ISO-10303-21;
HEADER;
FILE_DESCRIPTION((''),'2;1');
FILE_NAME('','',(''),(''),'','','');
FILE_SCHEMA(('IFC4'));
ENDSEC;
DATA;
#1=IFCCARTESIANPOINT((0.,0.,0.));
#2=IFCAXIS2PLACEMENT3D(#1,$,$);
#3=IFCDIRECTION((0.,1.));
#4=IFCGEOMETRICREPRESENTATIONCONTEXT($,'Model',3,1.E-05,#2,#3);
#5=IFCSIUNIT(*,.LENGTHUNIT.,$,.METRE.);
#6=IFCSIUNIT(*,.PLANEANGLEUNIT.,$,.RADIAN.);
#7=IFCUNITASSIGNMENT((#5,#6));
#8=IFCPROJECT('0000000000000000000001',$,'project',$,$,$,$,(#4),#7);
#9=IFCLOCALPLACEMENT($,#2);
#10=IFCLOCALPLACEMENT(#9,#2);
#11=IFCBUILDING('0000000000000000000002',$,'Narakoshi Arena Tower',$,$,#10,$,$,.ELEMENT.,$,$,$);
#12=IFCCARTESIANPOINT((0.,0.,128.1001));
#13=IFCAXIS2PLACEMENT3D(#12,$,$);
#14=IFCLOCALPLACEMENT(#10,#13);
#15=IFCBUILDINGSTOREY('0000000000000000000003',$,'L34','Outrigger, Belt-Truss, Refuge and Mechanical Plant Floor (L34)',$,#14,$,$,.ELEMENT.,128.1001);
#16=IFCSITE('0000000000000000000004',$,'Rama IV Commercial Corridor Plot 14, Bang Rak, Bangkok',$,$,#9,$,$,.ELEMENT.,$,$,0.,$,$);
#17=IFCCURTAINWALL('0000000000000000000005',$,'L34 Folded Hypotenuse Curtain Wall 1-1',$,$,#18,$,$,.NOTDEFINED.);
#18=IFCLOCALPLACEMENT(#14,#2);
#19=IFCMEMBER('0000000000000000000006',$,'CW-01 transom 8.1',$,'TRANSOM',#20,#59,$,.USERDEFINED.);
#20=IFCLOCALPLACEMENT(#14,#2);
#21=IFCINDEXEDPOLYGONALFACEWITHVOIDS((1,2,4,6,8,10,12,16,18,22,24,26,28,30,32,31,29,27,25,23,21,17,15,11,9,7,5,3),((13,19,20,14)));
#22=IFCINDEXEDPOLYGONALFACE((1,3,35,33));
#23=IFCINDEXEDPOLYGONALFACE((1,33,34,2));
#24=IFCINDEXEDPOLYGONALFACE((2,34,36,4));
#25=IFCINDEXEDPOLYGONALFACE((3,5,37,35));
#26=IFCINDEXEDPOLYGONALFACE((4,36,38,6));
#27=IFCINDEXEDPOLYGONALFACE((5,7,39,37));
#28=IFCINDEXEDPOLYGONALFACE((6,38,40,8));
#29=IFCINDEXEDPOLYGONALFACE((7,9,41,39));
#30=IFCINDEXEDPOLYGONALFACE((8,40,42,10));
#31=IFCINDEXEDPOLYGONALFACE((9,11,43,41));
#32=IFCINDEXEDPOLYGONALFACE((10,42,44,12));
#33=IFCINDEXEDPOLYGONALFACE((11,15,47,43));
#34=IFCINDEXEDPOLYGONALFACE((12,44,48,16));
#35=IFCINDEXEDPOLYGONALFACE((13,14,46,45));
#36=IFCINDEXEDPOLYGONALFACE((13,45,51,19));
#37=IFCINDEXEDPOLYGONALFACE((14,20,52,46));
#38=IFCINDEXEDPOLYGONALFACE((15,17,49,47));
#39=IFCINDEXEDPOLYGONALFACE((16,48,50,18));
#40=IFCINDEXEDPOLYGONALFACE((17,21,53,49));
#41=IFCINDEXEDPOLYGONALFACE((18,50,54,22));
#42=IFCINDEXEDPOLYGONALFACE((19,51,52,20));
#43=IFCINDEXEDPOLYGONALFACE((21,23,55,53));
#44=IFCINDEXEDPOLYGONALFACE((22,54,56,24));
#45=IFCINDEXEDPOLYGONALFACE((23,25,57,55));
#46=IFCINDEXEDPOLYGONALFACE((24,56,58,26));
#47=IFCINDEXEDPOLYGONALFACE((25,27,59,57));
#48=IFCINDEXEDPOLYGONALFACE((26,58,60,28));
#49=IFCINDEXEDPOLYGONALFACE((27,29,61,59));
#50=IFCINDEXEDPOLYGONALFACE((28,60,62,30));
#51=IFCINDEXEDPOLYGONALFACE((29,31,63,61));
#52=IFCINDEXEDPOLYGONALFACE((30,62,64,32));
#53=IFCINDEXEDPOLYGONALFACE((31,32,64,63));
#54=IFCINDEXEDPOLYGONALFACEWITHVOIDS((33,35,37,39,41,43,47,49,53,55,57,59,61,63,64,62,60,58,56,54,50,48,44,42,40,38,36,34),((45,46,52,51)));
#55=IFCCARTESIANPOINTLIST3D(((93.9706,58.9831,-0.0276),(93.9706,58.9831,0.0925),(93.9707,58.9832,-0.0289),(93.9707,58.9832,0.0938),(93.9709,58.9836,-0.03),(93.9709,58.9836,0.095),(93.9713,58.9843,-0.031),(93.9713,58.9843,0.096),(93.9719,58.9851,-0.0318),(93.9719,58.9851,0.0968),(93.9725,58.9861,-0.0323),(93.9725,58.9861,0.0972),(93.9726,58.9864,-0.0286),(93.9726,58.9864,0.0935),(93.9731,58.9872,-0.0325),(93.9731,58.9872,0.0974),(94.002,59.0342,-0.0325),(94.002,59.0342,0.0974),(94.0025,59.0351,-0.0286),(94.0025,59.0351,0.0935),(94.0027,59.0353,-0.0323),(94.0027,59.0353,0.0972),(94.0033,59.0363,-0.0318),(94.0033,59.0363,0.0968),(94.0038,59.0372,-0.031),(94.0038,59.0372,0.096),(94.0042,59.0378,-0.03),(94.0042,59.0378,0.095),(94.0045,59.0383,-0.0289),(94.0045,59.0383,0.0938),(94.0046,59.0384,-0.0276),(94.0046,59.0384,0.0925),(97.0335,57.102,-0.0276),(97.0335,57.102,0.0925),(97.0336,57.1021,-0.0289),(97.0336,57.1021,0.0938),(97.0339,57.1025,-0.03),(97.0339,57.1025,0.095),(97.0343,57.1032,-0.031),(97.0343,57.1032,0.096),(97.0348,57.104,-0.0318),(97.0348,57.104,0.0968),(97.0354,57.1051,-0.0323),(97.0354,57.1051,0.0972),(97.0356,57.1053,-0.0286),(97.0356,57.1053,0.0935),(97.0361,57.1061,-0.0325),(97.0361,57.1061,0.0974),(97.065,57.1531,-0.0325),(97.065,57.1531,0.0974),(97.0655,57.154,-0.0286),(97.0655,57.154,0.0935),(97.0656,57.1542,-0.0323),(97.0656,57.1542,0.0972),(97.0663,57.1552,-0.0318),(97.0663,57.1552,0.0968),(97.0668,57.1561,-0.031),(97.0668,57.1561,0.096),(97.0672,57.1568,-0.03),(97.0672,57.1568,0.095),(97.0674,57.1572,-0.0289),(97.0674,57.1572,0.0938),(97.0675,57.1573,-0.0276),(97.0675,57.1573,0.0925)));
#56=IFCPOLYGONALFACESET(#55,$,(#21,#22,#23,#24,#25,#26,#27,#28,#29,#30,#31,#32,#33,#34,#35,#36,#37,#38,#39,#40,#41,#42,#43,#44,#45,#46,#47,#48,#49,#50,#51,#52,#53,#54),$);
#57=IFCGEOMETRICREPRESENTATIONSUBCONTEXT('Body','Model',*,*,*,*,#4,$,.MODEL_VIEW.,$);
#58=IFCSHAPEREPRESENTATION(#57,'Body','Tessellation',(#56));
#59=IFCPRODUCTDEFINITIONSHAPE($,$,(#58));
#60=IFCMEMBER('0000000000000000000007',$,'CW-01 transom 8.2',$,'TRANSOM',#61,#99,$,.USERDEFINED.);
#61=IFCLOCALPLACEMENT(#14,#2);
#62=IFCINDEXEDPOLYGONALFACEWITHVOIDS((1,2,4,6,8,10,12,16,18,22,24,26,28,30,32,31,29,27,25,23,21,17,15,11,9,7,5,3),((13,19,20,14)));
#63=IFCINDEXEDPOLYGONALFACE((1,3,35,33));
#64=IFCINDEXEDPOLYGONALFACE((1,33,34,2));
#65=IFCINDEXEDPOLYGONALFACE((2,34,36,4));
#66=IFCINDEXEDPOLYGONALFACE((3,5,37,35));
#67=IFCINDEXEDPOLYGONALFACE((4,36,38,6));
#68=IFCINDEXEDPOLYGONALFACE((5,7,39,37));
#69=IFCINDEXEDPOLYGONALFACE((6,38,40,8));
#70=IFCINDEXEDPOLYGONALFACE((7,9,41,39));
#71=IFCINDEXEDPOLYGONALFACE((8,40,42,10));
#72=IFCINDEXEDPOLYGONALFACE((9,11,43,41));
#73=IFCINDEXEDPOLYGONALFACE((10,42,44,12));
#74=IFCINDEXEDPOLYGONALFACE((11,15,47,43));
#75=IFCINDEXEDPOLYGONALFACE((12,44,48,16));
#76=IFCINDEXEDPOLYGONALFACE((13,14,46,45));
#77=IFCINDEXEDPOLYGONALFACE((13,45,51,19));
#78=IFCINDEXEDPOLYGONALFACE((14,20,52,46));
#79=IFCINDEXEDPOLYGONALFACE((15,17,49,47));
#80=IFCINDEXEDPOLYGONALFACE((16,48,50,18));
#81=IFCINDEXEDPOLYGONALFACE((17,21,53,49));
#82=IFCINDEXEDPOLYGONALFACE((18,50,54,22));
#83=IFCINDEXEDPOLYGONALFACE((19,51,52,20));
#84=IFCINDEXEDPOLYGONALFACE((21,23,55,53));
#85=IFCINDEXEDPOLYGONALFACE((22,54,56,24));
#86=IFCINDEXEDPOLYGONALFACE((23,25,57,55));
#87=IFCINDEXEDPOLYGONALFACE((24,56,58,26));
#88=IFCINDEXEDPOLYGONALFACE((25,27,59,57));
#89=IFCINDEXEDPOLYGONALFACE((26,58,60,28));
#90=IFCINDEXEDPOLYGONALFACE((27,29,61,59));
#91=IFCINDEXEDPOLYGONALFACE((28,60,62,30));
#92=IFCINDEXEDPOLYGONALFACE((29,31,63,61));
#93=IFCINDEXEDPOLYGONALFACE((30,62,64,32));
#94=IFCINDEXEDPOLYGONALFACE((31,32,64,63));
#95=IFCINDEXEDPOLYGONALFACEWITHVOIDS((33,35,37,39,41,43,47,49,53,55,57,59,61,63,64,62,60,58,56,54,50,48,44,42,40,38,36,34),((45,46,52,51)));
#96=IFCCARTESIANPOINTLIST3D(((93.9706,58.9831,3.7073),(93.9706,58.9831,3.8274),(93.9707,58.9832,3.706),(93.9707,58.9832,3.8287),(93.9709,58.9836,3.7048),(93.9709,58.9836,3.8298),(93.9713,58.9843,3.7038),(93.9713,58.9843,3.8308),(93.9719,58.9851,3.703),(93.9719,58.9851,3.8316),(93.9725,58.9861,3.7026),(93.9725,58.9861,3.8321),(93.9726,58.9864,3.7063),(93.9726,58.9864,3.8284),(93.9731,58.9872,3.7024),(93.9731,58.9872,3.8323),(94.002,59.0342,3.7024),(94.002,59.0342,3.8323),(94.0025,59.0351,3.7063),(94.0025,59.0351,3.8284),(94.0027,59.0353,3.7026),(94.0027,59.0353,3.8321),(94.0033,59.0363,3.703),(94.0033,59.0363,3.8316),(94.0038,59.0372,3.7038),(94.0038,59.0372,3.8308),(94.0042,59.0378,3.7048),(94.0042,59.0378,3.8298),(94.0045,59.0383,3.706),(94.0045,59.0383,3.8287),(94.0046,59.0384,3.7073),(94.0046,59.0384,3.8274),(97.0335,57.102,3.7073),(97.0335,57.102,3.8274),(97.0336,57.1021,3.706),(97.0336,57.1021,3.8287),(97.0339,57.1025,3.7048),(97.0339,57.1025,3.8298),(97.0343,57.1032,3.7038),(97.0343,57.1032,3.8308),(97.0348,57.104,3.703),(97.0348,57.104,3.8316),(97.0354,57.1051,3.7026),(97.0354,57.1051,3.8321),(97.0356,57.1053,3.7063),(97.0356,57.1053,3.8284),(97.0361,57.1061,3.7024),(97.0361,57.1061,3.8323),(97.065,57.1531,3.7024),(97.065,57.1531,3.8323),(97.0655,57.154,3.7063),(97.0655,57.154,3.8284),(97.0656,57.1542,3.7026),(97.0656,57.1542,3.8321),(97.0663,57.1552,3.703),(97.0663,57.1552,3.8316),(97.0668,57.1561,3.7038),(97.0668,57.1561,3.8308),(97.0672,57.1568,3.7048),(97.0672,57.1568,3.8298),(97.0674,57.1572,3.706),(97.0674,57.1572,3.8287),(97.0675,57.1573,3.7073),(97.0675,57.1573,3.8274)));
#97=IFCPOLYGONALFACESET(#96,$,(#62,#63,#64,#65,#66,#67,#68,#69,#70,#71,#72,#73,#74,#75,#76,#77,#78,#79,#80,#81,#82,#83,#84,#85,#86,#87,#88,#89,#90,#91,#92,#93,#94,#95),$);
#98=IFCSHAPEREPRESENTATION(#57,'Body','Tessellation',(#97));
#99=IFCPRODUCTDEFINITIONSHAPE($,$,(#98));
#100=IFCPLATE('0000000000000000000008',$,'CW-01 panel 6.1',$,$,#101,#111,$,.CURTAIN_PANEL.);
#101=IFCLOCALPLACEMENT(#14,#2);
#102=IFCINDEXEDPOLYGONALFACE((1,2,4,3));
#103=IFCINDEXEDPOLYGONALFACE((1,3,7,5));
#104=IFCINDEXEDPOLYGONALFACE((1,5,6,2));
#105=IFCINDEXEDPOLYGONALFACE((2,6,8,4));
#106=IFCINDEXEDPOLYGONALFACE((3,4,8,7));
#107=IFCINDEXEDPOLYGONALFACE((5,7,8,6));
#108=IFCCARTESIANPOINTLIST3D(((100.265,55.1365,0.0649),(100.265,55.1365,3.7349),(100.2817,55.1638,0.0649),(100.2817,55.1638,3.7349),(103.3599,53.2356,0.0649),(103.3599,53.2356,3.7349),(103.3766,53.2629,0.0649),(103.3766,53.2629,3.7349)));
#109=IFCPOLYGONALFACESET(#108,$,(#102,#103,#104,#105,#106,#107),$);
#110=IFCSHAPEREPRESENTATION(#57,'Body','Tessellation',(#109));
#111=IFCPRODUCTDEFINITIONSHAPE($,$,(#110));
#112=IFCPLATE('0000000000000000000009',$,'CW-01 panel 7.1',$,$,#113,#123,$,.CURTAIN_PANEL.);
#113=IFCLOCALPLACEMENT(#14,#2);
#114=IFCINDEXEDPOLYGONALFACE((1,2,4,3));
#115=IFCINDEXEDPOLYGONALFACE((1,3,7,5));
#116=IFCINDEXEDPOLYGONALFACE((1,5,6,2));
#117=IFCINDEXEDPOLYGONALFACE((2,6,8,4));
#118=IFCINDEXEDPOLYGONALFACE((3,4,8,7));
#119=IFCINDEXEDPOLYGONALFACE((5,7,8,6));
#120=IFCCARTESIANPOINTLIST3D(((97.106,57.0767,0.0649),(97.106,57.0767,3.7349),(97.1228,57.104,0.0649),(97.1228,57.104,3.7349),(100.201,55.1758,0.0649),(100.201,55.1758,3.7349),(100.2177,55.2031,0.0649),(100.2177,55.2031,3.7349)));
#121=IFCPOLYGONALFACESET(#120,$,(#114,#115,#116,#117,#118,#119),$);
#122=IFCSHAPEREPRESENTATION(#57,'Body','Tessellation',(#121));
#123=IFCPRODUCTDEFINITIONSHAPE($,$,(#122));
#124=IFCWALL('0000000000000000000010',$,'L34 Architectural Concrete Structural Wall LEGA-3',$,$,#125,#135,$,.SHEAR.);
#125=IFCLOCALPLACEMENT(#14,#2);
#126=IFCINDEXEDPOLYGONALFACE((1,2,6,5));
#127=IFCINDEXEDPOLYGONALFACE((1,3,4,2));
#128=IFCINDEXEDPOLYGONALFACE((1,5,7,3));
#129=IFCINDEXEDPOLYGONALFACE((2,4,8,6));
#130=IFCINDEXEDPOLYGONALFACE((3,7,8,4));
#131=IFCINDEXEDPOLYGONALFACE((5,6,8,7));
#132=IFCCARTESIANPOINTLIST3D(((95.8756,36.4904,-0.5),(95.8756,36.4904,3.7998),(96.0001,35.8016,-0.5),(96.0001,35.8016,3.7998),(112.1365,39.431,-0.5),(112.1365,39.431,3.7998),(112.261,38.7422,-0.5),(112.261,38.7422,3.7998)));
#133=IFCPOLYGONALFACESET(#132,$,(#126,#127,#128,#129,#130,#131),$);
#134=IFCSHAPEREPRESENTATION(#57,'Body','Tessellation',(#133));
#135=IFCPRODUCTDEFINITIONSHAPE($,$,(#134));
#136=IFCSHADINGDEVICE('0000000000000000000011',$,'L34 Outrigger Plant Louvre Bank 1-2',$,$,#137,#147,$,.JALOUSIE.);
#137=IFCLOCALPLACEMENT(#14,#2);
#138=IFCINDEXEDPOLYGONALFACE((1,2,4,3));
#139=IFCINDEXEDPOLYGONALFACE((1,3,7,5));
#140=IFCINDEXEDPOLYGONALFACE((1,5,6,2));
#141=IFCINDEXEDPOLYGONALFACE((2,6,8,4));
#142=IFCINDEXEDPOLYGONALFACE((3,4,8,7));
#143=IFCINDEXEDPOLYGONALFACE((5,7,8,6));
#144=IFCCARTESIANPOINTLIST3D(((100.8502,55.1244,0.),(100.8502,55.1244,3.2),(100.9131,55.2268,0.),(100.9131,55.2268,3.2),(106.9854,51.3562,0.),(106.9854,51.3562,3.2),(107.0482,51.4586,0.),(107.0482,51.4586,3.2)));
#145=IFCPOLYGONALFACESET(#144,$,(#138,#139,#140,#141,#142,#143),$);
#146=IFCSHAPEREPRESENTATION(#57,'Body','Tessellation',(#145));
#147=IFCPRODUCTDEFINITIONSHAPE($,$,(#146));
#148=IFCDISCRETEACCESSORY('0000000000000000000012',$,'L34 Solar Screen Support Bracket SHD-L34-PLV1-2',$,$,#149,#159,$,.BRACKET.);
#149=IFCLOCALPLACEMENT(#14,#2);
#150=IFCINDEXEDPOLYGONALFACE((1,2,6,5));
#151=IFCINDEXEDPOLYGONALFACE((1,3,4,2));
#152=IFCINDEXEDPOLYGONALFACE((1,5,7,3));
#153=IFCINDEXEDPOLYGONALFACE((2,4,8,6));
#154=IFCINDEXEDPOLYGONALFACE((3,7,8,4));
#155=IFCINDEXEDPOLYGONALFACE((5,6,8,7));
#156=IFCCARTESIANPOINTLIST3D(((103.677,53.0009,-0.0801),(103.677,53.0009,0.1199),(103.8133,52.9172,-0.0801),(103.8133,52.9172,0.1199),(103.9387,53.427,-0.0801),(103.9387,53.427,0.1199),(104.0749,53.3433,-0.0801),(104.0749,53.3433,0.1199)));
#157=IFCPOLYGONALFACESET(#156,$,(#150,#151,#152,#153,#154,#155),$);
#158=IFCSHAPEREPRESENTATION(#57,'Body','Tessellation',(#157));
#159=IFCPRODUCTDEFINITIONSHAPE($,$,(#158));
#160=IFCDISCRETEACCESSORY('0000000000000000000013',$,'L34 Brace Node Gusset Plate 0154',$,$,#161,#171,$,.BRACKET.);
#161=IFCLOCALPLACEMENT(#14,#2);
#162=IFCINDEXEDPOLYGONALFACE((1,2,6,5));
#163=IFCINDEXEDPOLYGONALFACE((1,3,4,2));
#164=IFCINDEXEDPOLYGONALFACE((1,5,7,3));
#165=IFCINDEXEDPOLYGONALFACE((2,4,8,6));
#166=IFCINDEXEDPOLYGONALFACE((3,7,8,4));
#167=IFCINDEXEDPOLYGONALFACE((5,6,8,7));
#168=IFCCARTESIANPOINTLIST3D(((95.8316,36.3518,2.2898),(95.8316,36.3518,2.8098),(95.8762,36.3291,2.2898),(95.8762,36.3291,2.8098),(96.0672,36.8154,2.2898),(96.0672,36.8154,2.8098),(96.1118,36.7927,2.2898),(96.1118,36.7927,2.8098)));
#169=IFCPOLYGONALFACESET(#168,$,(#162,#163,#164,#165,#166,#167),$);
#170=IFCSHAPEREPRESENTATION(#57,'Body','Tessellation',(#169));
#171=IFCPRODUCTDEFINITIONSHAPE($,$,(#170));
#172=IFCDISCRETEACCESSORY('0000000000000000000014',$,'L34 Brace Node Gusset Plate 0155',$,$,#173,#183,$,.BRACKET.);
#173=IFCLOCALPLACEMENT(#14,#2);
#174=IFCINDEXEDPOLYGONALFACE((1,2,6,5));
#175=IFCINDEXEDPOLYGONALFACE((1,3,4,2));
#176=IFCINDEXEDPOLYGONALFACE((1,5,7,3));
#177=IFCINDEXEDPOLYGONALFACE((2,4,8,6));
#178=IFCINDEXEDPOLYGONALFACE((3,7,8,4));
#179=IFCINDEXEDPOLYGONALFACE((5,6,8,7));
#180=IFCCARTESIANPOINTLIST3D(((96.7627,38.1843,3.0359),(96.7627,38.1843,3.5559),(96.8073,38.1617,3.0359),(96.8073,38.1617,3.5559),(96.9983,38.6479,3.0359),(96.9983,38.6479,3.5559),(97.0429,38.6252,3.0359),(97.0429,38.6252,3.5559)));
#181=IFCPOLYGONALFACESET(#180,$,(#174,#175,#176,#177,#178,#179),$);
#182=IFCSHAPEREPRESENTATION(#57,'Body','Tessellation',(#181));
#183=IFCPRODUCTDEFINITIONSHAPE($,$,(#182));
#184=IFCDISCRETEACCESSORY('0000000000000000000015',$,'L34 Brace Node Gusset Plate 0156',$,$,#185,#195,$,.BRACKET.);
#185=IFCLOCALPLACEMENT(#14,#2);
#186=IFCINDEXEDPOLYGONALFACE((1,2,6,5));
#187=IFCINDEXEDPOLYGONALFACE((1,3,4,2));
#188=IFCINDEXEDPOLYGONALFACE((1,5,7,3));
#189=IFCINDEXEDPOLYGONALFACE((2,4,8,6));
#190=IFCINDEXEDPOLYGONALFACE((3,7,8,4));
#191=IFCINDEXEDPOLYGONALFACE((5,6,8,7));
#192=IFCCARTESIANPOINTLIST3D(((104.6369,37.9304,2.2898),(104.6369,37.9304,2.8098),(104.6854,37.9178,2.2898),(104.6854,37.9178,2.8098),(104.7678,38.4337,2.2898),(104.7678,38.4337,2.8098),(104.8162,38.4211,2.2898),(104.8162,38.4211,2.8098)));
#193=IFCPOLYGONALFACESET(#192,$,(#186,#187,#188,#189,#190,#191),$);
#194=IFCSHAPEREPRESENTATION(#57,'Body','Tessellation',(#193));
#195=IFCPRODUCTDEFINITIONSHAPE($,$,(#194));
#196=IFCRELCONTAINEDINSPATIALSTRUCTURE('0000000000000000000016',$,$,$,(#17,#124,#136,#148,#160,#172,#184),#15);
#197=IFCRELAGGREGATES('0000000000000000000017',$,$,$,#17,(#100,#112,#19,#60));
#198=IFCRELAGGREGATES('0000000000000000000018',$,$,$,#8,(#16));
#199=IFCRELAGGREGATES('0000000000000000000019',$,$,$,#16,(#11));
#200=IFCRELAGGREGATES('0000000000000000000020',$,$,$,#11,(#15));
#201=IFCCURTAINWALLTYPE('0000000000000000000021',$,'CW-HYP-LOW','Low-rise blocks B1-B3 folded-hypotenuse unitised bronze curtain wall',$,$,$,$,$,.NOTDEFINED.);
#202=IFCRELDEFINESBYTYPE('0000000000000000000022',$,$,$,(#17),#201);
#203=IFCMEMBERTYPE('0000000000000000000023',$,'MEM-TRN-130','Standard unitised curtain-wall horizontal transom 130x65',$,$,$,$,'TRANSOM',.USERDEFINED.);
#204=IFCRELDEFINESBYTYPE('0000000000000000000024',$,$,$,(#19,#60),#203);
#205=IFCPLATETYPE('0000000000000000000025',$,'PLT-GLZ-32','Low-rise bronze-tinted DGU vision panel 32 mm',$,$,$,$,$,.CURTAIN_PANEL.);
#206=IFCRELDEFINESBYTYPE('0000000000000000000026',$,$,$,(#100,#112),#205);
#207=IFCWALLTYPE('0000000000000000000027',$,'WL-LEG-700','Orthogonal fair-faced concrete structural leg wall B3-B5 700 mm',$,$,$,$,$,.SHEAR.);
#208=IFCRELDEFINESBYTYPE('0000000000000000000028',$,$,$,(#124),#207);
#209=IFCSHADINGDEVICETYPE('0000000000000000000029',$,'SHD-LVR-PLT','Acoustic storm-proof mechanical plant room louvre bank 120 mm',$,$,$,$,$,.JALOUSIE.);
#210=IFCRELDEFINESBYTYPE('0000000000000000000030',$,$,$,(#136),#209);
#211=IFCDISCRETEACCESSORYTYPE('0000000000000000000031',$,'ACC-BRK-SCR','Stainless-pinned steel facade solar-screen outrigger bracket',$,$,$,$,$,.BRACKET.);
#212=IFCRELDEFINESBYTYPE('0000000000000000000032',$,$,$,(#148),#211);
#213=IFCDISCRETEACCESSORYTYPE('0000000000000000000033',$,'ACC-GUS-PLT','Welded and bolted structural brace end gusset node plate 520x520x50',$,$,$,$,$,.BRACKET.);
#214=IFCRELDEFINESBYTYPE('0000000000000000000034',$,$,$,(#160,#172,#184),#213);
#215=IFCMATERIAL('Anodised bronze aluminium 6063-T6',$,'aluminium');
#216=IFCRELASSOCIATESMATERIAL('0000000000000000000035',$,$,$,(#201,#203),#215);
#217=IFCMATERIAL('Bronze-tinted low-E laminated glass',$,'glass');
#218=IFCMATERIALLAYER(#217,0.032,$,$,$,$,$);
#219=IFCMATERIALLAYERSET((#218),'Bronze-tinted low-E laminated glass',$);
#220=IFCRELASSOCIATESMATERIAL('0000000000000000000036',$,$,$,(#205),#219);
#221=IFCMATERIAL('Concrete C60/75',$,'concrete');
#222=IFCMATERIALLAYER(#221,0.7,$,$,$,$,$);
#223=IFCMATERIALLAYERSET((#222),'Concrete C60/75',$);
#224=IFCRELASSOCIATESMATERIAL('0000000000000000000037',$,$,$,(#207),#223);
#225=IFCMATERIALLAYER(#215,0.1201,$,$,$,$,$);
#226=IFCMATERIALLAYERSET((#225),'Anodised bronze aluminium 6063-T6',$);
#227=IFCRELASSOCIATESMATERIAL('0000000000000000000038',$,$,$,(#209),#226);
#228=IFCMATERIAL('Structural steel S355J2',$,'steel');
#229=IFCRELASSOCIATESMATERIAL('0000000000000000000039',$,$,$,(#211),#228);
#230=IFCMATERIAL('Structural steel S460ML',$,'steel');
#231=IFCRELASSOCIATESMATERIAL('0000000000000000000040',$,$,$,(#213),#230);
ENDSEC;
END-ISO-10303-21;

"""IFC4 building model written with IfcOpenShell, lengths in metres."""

from ifc_helpers import new_model, si_unit, direction, frame, frame_2d, origin, origin_2d, place, context, subcontext, project, spatial, rectangle, hollow_rectangle, extrude, material, layer, layer_set, material_profile, profile_set, type_object, element, aggregate, save


model = new_model("IFC4")

# Units and contexts
model_context = context("Model", 3, precision=1e-05, world=origin(), true_north=direction((0.0, 1.0)))
body_context = subcontext(model_context, "Body", "Model", "MODEL_VIEW")
ifc_project = project(units=[si_unit("LENGTHUNIT", "METRE"), si_unit("PLANEANGLEUNIT", "RADIAN")], contexts=[model_context])

# Site, building, storey
site_placement = place(None, origin())
site = spatial("IfcSite", under=ifc_project, at=site_placement, Name="Rama IV Commercial Corridor Plot 14, Bang Rak, Bangkok", CompositionType="ELEMENT", RefElevation=0.0)
building_placement = place(site_placement, origin())
building = spatial("IfcBuilding", under=site, at=building_placement, Name="Narakoshi Arena Tower", CompositionType="ELEMENT")
storey_placement = place(building_placement, frame((0.0, 0.0, 128.1001)))
storey = spatial("IfcBuildingStorey", under=building, at=storey_placement, Name="L34", Description="Outrigger, Belt-Truss, Refuge and Mechanical Plant Floor (L34)", CompositionType="ELEMENT", Elevation=128.1001)

# Shared definitions
ifc_material_1 = material(Name="Structural steel S460ML", Category="steel")

# Shared definitions
ifc_material_2 = material(Name="Structural steel S355J2", Category="steel")

# Curtain wall, members, plates
ifc_material_3 = material(Name="Anodised bronze aluminium 6063-T6", Category="aluminium")
curtain_wall_type = type_object("IfcCurtainWallType", Name="CW-HYP-LOW", Description="Low-rise blocks B1-B3 folded-hypotenuse unitised bronze curtain wall", PredefinedType="NOTDEFINED", material=ifc_material_3)
curtain_wall_placement = place(storey_placement, origin())
curtain_wall = element("IfcCurtainWall", 1, at=curtain_wall_placement, inside=storey, type_object=curtain_wall_type, Name="L34 Folded Hypotenuse Curtain Wall 1-1", PredefinedType="NOTDEFINED")
ifc_material_profile_1 = material_profile(ifc_material_3, hollow_rectangle(XDim=0.0649, YDim=0.1299, WallThickness=0.0039, OuterFilletRadius=0.0049, at=origin_2d()), Name="TRN130x65x4")
ifc_profile_set_1 = profile_set([ifc_material_profile_1], Name="Anodised bronze aluminium 6063-T6")
member_type_1 = type_object("IfcMemberType", Name="MEM-TRN-130", Description="Standard unitised curtain-wall horizontal transom 130x65", ElementType="TRANSOM", PredefinedType="USERDEFINED", material=ifc_profile_set_1)
member_1_placement = place(storey_placement, frame((97.0505, 57.1296, 0.0325), z_axis=(-0.852131, 0.523328, 0.0), x_axis=(-0.523328, -0.852131, 0.0)))
member_1 = element("IfcMember", 2, at=member_1_placement, type_object=member_type_1, Name="CW-01 transom 8.1", ObjectType="TRANSOM", PredefinedType="USERDEFINED", context=body_context, shape_type="SweptSolid", body=[
    extrude(hollow_rectangle(XDim=0.0649, YDim=0.1299, WallThickness=0.0039, OuterFilletRadius=0.0049, at=origin_2d()), origin(), (0.0, 0.0, 1.0), 3.5945),
])
member_2_placement = place(storey_placement, frame((97.0505, 57.1296, 3.7673), z_axis=(-0.852131, 0.523328, 0.0), x_axis=(-0.523328, -0.852131, 0.0)))
member_2 = element("IfcMember", 3, at=member_2_placement, type_object=member_type_1, Name="CW-01 transom 8.2", ObjectType="TRANSOM", PredefinedType="USERDEFINED", context=body_context, shape_type="SweptSolid", body=[
    extrude(hollow_rectangle(XDim=0.0649, YDim=0.1299, WallThickness=0.0039, OuterFilletRadius=0.0049, at=origin_2d()), origin(), (0.0, 0.0, 1.0), 3.5945),
])
ifc_material_4 = material(Name="Bronze-tinted low-E laminated glass", Category="glass")
ifc_layer_1 = layer(ifc_material_4, 0.032)
ifc_layer_set_1 = layer_set([ifc_layer_1], Name="Bronze-tinted low-E laminated glass")
plate_type = type_object("IfcPlateType", Name="PLT-GLZ-32", Description="Low-rise bronze-tinted DGU vision panel 32 mm", PredefinedType="CURTAIN_PANEL", material=ifc_layer_set_1)
plate_1_placement = place(storey_placement, frame((101.8208, 54.1997, 0.0649), z_axis=(0.0, 0.0, 1.0), x_axis=(-0.852113, 0.523358, 0.0)))
plate_1 = element("IfcPlate", 4, at=plate_1_placement, type_object=plate_type, Name="CW-01 panel 6.1", PredefinedType="CURTAIN_PANEL", context=body_context, shape_type="SweptSolid", body=[
    extrude(rectangle(XDim=3.6321, YDim=0.032, at=origin_2d()), origin(), (0.0, 0.0, 1.0), 3.6699),
])
plate_2_placement = place(storey_placement, frame((98.6619, 56.1399, 0.0649), z_axis=(0.0, 0.0, 1.0), x_axis=(-0.852113, 0.523358, 0.0)))
plate_2 = element("IfcPlate", 5, at=plate_2_placement, type_object=plate_type, Name="CW-01 panel 7.1", PredefinedType="CURTAIN_PANEL", context=body_context, shape_type="SweptSolid", body=[
    extrude(rectangle(XDim=3.6321, YDim=0.032, at=origin_2d()), origin(), (0.0, 0.0, 1.0), 3.6699),
])
aggregate(curtain_wall, [plate_1, plate_2, member_1, member_2])

# Wall
ifc_material_5 = material(Name="Concrete C60/75", Category="concrete")
ifc_layer_2 = layer(ifc_material_5, 0.7)
ifc_layer_set_2 = layer_set([ifc_layer_2], Name="Concrete C60/75")
wall_type = type_object("IfcWallType", Name="WL-LEG-700", Description="Orthogonal fair-faced concrete structural leg wall B3-B5 700 mm", PredefinedType="SHEAR", material=ifc_layer_set_2)
wall_placement = place(storey_placement, frame((95.938, 36.146, -0.5), z_axis=(0.0, 0.0, 1.0), x_axis=(0.984038, 0.177956, 0.0)))
element("IfcWall", 6, at=wall_placement, inside=storey, type_object=wall_type, Name="L34 Architectural Concrete Structural Wall LEGA-3", PredefinedType="SHEAR", context=body_context, shape_type="SweptSolid", body=[
    extrude(rectangle(XDim=16.5247, YDim=0.7, at=frame_2d((8.2622, 0.0))), origin(), (0.0, 0.0, 1.0), 4.2998),
])

# Shading device
ifc_layer_3 = layer(ifc_material_3, 0.1201)
ifc_layer_set_3 = layer_set([ifc_layer_3], Name="Anodised bronze aluminium 6063-T6")
shading_device_type = type_object("IfcShadingDeviceType", Name="SHD-LVR-PLT", Description="Acoustic storm-proof mechanical plant room louvre bank 120 mm", PredefinedType="JALOUSIE", material=ifc_layer_set_3)
shading_device_placement = place(storey_placement, frame((103.9492, 53.2915, 0.0), z_axis=(0.0, 0.0, 1.0), x_axis=(-0.852111, 0.523361, 0.0)))
element("IfcShadingDevice", 7, at=shading_device_placement, inside=storey, type_object=shading_device_type, Name="L34 Outrigger Plant Louvre Bank 1-2", PredefinedType="JALOUSIE", context=body_context, shape_type="SweptSolid", body=[
    extrude(rectangle(XDim=7.2, YDim=0.1201, at=origin_2d()), origin(), (0.0, 0.0, 1.0), 3.2),
])

# Discrete accessories
discrete_accessory_type_1 = type_object("IfcDiscreteAccessoryType", Name="ACC-BRK-SCR", Description="Stainless-pinned steel facade solar-screen outrigger bracket", PredefinedType="BRACKET", material=ifc_material_2)
discrete_accessory_placement = place(storey_placement, frame((103.876, 53.1721, -0.0801), z_axis=(0.0, 0.0, 1.0), x_axis=(-0.852111, 0.523361, 0.0)))
element("IfcDiscreteAccessory", 8, at=discrete_accessory_placement, inside=storey, type_object=discrete_accessory_type_1, Name="L34 Solar Screen Support Bracket SHD-L34-PLV1-2", PredefinedType="BRACKET", context=body_context, shape_type="SweptSolid", body=[
    extrude(rectangle(XDim=0.1599, YDim=0.5, at=origin_2d()), origin(), (0.0, 0.0, 1.0), 0.2),
])
discrete_accessory_type_2 = type_object("IfcDiscreteAccessoryType", Name="ACC-GUS-PLT", Description="Welded and bolted structural brace end gusset node plate 520x520x50", PredefinedType="BRACKET", material=ifc_material_1)
for number, where, z_axis, x_axis, name in (
    (9, (95.9717, 36.5723, 2.2898), (0.0, 0.0, 1.0), (0.453057, 0.891481, 0.0), "L34 Brace Node Gusset Plate 0154"),
    (10, (96.9028, 38.4048, 3.0359), (0.0, 0.0, 1.0), (0.453057, 0.891481, 0.0), "L34 Brace Node Gusset Plate 0155"),
    (11, (104.7266, 38.1758, 2.2898), (0.0, 0.0, 1.0), (0.251563, 0.967841, 0.0), "L34 Brace Node Gusset Plate 0156"),
):
    element("IfcDiscreteAccessory", number, at=place(storey_placement, frame(where, z_axis=z_axis, x_axis=x_axis)), inside=storey, type_object=discrete_accessory_type_2, Name=name, PredefinedType="BRACKET", context=body_context, shape_type="SweptSolid", body=[
        extrude(rectangle(XDim=0.52, YDim=0.05, at=origin_2d()), origin(), (0.0, 0.0, 1.0), 0.52),
    ])

save(model, "model.ifc")
